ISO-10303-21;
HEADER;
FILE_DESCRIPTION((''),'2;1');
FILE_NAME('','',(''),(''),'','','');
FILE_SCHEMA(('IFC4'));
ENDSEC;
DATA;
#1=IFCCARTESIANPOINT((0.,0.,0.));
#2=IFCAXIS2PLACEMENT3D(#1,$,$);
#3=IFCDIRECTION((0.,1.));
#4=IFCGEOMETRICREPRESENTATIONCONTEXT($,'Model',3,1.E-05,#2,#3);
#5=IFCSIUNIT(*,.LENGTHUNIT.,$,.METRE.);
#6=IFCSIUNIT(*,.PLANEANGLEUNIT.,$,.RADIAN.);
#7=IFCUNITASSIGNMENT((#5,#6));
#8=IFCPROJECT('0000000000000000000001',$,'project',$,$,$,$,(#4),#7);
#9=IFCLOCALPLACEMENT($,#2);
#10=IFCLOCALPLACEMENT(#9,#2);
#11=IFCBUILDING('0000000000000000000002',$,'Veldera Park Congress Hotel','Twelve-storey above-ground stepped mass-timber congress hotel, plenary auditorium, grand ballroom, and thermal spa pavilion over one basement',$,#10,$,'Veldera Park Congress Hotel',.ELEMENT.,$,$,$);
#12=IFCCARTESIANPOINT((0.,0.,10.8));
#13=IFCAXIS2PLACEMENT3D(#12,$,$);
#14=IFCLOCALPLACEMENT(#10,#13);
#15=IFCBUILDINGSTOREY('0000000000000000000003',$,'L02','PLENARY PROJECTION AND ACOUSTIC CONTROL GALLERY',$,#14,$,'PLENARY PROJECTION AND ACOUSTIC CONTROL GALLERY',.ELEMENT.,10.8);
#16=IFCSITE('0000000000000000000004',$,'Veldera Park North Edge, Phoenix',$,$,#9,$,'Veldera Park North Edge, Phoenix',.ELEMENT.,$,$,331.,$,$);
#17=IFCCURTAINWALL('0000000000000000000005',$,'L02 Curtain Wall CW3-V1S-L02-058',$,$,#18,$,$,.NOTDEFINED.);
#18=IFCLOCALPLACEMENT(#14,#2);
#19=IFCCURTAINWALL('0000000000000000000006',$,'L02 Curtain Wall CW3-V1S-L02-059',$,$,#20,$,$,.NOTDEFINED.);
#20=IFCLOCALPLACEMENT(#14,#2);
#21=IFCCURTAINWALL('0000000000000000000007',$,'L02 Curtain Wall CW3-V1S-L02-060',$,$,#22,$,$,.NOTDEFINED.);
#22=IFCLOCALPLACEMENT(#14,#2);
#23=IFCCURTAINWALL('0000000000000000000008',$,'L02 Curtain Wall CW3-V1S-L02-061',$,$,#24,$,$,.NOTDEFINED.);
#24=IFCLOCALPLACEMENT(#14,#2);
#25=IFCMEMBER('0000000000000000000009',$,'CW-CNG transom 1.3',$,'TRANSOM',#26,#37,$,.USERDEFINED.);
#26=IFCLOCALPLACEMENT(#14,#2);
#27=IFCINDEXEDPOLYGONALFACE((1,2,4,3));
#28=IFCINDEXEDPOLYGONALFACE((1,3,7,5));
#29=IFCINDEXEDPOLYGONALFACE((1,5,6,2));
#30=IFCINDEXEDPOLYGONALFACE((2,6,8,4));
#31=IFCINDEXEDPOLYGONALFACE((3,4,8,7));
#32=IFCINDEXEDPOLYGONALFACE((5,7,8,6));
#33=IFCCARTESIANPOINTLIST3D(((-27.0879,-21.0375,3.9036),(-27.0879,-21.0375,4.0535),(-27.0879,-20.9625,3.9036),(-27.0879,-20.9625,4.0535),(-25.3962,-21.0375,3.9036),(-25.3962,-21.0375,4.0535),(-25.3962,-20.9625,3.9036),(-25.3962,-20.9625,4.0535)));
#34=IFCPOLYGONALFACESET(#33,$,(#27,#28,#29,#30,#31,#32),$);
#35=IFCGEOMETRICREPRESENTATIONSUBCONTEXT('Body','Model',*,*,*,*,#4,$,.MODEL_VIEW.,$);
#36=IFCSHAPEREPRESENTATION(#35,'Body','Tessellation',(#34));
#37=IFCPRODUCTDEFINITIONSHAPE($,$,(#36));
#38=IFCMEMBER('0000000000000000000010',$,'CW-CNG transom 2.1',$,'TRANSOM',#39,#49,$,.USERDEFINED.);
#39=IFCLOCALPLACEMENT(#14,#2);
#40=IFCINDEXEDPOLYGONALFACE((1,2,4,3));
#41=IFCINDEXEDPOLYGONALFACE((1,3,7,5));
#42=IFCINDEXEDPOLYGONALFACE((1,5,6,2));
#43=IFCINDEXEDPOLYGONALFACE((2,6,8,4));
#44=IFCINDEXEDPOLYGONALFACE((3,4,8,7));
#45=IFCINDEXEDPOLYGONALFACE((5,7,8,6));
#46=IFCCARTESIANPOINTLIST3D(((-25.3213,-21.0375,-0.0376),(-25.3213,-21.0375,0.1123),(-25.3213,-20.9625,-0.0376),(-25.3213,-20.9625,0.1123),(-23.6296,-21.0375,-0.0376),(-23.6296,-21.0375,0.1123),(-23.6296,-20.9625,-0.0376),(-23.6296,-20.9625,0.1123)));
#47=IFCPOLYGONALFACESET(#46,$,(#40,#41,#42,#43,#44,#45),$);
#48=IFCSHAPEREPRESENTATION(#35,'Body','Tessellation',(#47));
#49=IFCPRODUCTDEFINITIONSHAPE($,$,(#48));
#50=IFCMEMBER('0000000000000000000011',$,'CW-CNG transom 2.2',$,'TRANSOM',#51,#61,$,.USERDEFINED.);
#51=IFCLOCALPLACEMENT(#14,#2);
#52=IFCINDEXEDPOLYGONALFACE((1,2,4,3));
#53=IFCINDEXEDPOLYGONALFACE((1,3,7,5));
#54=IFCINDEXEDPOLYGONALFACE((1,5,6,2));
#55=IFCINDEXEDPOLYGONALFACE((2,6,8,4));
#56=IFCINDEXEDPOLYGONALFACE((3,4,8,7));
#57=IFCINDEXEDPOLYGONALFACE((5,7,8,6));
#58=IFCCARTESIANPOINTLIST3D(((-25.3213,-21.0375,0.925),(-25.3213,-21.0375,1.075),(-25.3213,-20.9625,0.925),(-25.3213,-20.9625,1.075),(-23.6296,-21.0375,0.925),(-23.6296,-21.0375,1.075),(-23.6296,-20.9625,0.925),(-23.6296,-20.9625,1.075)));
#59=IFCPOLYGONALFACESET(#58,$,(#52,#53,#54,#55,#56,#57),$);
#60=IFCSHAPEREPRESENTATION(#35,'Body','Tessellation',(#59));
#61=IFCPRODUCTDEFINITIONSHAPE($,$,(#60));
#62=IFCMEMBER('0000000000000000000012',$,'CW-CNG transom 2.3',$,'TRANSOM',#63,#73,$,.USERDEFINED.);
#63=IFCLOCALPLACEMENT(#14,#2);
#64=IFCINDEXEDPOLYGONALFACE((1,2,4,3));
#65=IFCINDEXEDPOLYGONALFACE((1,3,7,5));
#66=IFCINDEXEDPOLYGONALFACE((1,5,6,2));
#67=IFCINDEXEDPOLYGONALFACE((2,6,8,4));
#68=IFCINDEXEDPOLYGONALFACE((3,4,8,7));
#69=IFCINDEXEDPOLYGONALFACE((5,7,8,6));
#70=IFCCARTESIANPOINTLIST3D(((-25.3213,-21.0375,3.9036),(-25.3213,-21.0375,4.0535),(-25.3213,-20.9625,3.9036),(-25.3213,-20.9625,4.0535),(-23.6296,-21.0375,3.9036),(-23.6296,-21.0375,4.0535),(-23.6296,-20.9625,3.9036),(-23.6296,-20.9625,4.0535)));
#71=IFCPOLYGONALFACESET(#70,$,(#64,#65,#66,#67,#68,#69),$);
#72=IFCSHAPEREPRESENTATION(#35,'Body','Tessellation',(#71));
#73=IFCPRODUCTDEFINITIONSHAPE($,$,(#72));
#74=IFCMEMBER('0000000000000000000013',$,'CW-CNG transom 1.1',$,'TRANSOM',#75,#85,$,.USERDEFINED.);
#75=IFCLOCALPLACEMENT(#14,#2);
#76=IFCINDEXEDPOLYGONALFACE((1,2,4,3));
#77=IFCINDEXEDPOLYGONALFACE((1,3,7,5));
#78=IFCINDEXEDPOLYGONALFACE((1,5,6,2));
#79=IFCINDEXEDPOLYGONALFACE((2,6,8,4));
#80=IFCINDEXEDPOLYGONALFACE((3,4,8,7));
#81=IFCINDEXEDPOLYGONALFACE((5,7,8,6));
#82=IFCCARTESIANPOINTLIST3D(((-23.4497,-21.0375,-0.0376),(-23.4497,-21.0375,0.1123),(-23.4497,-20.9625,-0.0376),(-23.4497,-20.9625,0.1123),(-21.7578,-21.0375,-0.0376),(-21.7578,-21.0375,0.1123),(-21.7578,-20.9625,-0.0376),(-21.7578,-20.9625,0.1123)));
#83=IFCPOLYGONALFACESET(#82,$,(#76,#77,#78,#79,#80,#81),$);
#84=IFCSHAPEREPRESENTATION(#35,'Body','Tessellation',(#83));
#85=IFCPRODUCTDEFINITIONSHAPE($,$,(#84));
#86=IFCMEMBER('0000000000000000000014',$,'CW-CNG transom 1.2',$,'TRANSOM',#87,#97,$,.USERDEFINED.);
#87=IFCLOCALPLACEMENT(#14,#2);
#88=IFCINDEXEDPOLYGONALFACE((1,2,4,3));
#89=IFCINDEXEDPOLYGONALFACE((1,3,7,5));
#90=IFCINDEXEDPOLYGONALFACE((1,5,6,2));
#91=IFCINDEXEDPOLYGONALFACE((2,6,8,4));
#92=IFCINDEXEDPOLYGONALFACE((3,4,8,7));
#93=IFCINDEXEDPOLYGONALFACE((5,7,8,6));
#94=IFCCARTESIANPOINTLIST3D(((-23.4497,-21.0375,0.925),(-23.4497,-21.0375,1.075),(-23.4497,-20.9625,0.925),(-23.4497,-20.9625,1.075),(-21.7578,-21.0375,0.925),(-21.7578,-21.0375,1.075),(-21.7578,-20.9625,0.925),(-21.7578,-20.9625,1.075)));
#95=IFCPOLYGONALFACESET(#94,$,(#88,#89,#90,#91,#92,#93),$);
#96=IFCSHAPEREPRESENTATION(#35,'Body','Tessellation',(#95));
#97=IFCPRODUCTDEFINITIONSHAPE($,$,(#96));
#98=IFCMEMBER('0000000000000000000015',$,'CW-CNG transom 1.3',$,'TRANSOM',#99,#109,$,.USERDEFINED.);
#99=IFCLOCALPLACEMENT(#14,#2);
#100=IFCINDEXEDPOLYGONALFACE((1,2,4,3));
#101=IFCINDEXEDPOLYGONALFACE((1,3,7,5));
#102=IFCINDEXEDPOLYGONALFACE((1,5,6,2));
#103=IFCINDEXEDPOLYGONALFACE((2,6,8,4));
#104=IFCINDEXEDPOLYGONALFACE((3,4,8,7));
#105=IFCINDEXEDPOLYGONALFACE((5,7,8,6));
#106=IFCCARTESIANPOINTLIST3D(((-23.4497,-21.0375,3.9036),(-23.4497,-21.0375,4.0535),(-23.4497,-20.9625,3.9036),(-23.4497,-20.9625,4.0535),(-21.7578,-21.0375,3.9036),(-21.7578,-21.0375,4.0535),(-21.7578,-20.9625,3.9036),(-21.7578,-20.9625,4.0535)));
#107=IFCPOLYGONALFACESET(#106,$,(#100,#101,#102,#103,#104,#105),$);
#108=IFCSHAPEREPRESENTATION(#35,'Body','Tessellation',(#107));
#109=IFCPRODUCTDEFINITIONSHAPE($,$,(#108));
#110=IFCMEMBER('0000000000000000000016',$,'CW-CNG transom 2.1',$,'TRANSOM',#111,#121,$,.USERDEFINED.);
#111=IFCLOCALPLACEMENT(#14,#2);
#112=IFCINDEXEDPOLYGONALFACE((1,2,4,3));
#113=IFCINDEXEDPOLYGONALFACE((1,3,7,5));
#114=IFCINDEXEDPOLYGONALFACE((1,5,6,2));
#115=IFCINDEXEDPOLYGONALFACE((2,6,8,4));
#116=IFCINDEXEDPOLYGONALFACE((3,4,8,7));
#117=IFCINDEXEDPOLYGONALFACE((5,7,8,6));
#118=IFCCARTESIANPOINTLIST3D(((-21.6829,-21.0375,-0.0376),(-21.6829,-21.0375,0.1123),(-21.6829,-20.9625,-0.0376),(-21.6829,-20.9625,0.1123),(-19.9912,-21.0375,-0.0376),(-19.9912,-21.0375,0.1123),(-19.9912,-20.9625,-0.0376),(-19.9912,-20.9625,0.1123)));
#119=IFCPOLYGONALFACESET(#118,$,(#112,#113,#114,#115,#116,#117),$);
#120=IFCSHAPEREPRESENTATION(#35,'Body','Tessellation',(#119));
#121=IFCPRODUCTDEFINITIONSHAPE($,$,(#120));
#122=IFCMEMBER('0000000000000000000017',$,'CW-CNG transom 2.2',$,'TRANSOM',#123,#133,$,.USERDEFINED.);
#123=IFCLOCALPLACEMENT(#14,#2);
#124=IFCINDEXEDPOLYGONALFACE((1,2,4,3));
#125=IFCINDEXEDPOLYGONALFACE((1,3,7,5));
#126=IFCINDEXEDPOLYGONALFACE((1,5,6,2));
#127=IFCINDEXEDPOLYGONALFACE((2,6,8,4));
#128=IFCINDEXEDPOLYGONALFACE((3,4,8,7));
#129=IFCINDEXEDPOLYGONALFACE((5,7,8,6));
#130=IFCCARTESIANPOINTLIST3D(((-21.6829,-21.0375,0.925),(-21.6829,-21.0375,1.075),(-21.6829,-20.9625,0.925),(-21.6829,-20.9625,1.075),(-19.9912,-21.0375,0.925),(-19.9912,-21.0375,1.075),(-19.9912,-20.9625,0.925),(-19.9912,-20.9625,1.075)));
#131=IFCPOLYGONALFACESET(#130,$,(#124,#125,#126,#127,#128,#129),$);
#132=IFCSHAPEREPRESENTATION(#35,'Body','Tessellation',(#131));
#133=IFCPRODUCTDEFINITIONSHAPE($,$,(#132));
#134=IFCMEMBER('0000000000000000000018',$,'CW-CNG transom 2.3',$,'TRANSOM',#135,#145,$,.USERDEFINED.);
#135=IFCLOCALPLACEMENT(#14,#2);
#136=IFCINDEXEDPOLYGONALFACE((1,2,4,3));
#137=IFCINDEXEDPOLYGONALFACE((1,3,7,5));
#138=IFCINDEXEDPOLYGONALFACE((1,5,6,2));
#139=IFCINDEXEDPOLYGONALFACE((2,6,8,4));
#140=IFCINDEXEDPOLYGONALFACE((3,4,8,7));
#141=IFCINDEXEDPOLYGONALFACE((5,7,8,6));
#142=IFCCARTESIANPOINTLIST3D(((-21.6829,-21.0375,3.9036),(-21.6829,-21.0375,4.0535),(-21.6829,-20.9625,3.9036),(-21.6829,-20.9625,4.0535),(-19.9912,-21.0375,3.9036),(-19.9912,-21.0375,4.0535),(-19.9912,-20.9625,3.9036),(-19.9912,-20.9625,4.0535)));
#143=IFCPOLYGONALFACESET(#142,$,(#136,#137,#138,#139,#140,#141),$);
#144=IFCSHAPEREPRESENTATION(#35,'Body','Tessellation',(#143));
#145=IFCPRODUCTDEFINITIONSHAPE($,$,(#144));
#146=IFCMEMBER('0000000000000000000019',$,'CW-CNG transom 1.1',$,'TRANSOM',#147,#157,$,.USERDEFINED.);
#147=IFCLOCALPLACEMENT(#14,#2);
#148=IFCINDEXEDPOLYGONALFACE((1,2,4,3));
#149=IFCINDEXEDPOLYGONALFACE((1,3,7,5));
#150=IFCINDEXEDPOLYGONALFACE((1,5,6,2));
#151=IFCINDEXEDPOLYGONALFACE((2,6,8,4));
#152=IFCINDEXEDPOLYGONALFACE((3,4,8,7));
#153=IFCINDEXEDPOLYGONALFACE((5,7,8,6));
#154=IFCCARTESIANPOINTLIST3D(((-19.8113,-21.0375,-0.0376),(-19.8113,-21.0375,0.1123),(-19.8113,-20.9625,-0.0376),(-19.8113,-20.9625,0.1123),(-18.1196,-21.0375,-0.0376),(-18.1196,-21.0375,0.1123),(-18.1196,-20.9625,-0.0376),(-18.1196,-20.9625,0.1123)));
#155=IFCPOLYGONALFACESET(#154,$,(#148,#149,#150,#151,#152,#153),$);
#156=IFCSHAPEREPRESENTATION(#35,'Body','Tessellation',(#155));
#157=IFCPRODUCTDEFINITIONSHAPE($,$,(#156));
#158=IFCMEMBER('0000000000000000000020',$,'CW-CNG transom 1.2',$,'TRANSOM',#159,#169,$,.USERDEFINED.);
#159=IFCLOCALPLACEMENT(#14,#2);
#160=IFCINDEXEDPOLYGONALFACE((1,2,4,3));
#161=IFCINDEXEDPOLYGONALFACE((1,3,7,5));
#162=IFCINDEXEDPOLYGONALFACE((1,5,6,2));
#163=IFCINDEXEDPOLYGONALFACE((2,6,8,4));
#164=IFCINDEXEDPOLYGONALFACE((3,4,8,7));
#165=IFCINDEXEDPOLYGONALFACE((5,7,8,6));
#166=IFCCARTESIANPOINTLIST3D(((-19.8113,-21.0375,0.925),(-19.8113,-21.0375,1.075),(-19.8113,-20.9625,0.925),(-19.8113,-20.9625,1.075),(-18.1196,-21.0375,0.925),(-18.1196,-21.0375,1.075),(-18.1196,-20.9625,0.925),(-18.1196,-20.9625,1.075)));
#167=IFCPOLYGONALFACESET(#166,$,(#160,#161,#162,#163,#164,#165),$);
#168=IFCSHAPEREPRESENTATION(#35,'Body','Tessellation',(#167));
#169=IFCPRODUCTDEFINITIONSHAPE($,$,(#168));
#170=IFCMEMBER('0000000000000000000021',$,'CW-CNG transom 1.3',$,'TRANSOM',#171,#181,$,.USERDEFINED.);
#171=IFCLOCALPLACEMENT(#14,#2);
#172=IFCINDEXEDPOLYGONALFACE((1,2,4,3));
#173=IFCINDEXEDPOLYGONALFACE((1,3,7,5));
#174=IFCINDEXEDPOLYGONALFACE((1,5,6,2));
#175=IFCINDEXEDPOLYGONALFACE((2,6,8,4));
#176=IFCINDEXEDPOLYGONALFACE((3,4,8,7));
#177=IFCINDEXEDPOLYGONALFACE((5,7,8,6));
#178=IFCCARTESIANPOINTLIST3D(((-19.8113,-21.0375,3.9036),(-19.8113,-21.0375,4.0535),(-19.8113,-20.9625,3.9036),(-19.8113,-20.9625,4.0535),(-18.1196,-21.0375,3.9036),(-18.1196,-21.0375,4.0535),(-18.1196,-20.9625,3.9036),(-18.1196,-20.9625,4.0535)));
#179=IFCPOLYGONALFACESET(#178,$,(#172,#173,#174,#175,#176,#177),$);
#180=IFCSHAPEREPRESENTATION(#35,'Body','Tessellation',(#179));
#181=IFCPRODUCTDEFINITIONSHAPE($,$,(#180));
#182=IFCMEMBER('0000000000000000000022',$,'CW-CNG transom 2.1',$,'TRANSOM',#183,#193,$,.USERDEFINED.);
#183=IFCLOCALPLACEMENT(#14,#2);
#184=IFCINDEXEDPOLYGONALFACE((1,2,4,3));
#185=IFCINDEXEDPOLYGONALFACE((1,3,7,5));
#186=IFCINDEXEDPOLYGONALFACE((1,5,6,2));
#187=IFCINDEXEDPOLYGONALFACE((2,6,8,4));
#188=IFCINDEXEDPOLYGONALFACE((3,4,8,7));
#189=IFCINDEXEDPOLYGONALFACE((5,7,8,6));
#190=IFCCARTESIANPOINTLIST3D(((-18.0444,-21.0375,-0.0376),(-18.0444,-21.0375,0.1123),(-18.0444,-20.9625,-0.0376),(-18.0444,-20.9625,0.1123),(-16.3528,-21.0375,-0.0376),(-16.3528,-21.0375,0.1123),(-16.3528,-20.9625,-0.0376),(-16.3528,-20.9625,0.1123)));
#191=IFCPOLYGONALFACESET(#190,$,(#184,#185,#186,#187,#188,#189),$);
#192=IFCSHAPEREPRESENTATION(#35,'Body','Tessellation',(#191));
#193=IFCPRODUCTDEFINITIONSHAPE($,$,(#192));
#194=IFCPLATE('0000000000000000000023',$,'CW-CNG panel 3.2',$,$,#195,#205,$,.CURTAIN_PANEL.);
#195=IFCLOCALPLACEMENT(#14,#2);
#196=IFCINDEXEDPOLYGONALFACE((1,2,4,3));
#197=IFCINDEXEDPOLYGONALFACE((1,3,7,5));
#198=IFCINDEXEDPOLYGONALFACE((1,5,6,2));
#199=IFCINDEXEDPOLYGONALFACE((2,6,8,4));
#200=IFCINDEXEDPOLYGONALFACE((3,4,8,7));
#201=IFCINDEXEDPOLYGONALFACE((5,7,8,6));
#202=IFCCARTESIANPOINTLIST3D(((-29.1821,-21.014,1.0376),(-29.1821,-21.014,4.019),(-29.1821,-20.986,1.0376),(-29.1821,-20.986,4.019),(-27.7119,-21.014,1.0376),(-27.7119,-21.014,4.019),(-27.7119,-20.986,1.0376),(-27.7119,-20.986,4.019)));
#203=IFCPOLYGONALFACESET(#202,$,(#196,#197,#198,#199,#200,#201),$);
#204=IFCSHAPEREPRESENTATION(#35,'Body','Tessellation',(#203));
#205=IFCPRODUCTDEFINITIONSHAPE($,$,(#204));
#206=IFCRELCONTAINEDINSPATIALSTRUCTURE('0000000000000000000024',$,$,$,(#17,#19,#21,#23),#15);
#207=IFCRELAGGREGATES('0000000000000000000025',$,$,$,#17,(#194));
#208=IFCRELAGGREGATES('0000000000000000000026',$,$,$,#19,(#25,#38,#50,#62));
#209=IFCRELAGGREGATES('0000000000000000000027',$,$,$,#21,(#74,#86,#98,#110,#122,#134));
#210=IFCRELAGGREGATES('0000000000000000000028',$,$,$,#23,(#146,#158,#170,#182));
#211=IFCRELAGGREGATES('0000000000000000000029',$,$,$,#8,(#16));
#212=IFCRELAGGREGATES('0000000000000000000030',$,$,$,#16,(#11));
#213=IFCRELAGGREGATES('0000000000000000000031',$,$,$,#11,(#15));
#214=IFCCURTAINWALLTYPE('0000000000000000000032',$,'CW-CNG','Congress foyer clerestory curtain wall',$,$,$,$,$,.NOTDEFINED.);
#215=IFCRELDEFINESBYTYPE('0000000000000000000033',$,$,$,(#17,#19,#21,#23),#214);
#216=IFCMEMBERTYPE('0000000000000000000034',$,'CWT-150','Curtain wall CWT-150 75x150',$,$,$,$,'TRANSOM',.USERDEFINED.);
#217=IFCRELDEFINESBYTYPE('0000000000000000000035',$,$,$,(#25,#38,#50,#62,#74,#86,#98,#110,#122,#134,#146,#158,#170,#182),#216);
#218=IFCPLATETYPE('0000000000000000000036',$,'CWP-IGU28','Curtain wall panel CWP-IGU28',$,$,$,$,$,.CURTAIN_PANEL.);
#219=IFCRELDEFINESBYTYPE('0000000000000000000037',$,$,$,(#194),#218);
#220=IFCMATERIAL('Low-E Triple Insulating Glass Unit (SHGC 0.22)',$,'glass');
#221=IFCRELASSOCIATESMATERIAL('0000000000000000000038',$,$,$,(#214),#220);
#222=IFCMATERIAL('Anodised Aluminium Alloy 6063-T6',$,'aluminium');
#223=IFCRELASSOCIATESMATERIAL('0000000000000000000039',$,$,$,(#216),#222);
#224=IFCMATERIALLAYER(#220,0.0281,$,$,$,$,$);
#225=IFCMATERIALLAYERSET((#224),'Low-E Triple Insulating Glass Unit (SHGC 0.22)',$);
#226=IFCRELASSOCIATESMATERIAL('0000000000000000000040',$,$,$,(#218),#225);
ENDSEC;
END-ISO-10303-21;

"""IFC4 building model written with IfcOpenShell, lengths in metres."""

from ifc_helpers import new_model, si_unit, direction, frame, origin, origin_2d, place, context, subcontext, project, spatial, rectangle, extrude, material, layer, layer_set, material_profile, profile_set, type_object, element, aggregate, save


model = new_model("IFC4")

# Units and contexts
model_context = context("Model", 3, precision=1e-05, world=origin(), true_north=direction((0.0, 1.0)))
body_context = subcontext(model_context, "Body", "Model", "MODEL_VIEW")
ifc_project = project(units=[si_unit("LENGTHUNIT", "METRE"), si_unit("PLANEANGLEUNIT", "RADIAN")], contexts=[model_context])

# Site, building, storey
site_placement = place(None, origin())
site = spatial("IfcSite", under=ifc_project, at=site_placement, Name="Veldera Park North Edge, Phoenix", LongName="Veldera Park North Edge, Phoenix", CompositionType="ELEMENT", RefElevation=331.0)
building_placement = place(site_placement, origin())
building = spatial("IfcBuilding", under=site, at=building_placement, Name="Veldera Park Congress Hotel", Description="Twelve-storey above-ground stepped mass-timber congress hotel, plenary auditorium, grand ballroom, and thermal spa pavilion over one basement", LongName="Veldera Park Congress Hotel", CompositionType="ELEMENT")
storey_placement = place(building_placement, frame((0.0, 0.0, 10.8)))
storey = spatial("IfcBuildingStorey", under=building, at=storey_placement, Name="L02", Description="PLENARY PROJECTION AND ACOUSTIC CONTROL GALLERY", LongName="PLENARY PROJECTION AND ACOUSTIC CONTROL GALLERY", CompositionType="ELEMENT", Elevation=10.8)

# Curtain wall
ifc_material_1 = material(Name="Low-E Triple Insulating Glass Unit (SHGC 0.22)", Category="glass")
curtain_wall_type = type_object("IfcCurtainWallType", Name="CW-CNG", Description="Congress foyer clerestory curtain wall", PredefinedType="NOTDEFINED", material=ifc_material_1)
curtain_wall_1_placement = place(storey_placement, origin())
curtain_wall_1 = element("IfcCurtainWall", 1, at=curtain_wall_1_placement, inside=storey, type_object=curtain_wall_type, Name="L02 Curtain Wall CW3-V1S-L02-058", PredefinedType="NOTDEFINED")
ifc_material_2 = material(Name="Anodised Aluminium Alloy 6063-T6", Category="aluminium")

# Curtain walls
curtain_wall_2_placement = place(storey_placement, origin())
curtain_wall_2 = element("IfcCurtainWall", 2, at=curtain_wall_2_placement, inside=storey, type_object=curtain_wall_type, Name="L02 Curtain Wall CW3-V1S-L02-059", PredefinedType="NOTDEFINED")
curtain_wall_3_placement = place(storey_placement, origin())
curtain_wall_3 = element("IfcCurtainWall", 3, at=curtain_wall_3_placement, inside=storey, type_object=curtain_wall_type, Name="L02 Curtain Wall CW3-V1S-L02-060", PredefinedType="NOTDEFINED")
curtain_wall_4_placement = place(storey_placement, origin())
curtain_wall_4 = element("IfcCurtainWall", 4, at=curtain_wall_4_placement, inside=storey, type_object=curtain_wall_type, Name="L02 Curtain Wall CW3-V1S-L02-061", PredefinedType="NOTDEFINED")

# Members
ifc_material_profile_1 = material_profile(ifc_material_2, rectangle(XDim=0.075, YDim=0.1499, at=origin_2d()), Name="ALU 75x150")
ifc_profile_set_1 = profile_set([ifc_material_profile_1], Name="Anodised Aluminium Alloy 6063-T6")
member_type_1 = type_object("IfcMemberType", Name="CWT-150", Description="Curtain wall CWT-150 75x150", ElementType="TRANSOM", PredefinedType="USERDEFINED", material=ifc_profile_set_1)
member_1_placement = place(storey_placement, frame((-27.0879, -21.0, 3.9785), z_axis=(1.0, 0.0, 0.0), x_axis=(0.0, 1.0, 0.0)))
member_1 = element("IfcMember", 5, at=member_1_placement, type_object=member_type_1, Name="CW-CNG transom 1.3", ObjectType="TRANSOM", PredefinedType="USERDEFINED", context=body_context, shape_type="SweptSolid", body=[
    extrude(rectangle(XDim=0.075, YDim=0.1499, at=origin_2d()), origin(), (0.0, 0.0, 1.0), 1.6917),
])
member_2_placement = place(storey_placement, frame((-25.3213, -21.0, 0.0374), z_axis=(1.0, 0.0, 0.0), x_axis=(0.0, 1.0, 0.0)))
member_2 = element("IfcMember", 6, at=member_2_placement, type_object=member_type_1, Name="CW-CNG transom 2.1", ObjectType="TRANSOM", PredefinedType="USERDEFINED", context=body_context, shape_type="SweptSolid", body=[
    extrude(rectangle(XDim=0.075, YDim=0.1499, at=origin_2d()), origin(), (0.0, 0.0, 1.0), 1.6917),
])
member_3_placement = place(storey_placement, frame((-25.3213, -21.0, 1.0), z_axis=(1.0, 0.0, 0.0), x_axis=(0.0, 1.0, 0.0)))
member_3 = element("IfcMember", 7, at=member_3_placement, type_object=member_type_1, Name="CW-CNG transom 2.2", ObjectType="TRANSOM", PredefinedType="USERDEFINED", context=body_context, shape_type="SweptSolid", body=[
    extrude(rectangle(XDim=0.075, YDim=0.1499, at=origin_2d()), origin(), (0.0, 0.0, 1.0), 1.6917),
])
member_4_placement = place(storey_placement, frame((-25.3213, -21.0, 3.9785), z_axis=(1.0, 0.0, 0.0), x_axis=(0.0, 1.0, 0.0)))
member_4 = element("IfcMember", 8, at=member_4_placement, type_object=member_type_1, Name="CW-CNG transom 2.3", ObjectType="TRANSOM", PredefinedType="USERDEFINED", context=body_context, shape_type="SweptSolid", body=[
    extrude(rectangle(XDim=0.075, YDim=0.1499, at=origin_2d()), origin(), (0.0, 0.0, 1.0), 1.6917),
])
member_5_placement = place(storey_placement, frame((-23.4497, -21.0, 0.0374), z_axis=(1.0, 0.0, 0.0), x_axis=(0.0, 1.0, 0.0)))
member_5 = element("IfcMember", 9, at=member_5_placement, type_object=member_type_1, Name="CW-CNG transom 1.1", ObjectType="TRANSOM", PredefinedType="USERDEFINED", context=body_context, shape_type="SweptSolid", body=[
    extrude(rectangle(XDim=0.075, YDim=0.1499, at=origin_2d()), origin(), (0.0, 0.0, 1.0), 1.6919),
])
member_6_placement = place(storey_placement, frame((-23.4497, -21.0, 1.0), z_axis=(1.0, 0.0, 0.0), x_axis=(0.0, 1.0, 0.0)))
member_6 = element("IfcMember", 10, at=member_6_placement, type_object=member_type_1, Name="CW-CNG transom 1.2", ObjectType="TRANSOM", PredefinedType="USERDEFINED", context=body_context, shape_type="SweptSolid", body=[
    extrude(rectangle(XDim=0.075, YDim=0.1499, at=origin_2d()), origin(), (0.0, 0.0, 1.0), 1.6919),
])
member_7_placement = place(storey_placement, frame((-23.4497, -21.0, 3.9785), z_axis=(1.0, 0.0, 0.0), x_axis=(0.0, 1.0, 0.0)))
member_7 = element("IfcMember", 11, at=member_7_placement, type_object=member_type_1, Name="CW-CNG transom 1.3", ObjectType="TRANSOM", PredefinedType="USERDEFINED", context=body_context, shape_type="SweptSolid", body=[
    extrude(rectangle(XDim=0.075, YDim=0.1499, at=origin_2d()), origin(), (0.0, 0.0, 1.0), 1.6919),
])
member_8_placement = place(storey_placement, frame((-21.6829, -21.0, 0.0374), z_axis=(1.0, 0.0, 0.0), x_axis=(0.0, 1.0, 0.0)))
member_8 = element("IfcMember", 12, at=member_8_placement, type_object=member_type_1, Name="CW-CNG transom 2.1", ObjectType="TRANSOM", PredefinedType="USERDEFINED", context=body_context, shape_type="SweptSolid", body=[
    extrude(rectangle(XDim=0.075, YDim=0.1499, at=origin_2d()), origin(), (0.0, 0.0, 1.0), 1.6917),
])
member_9_placement = place(storey_placement, frame((-21.6829, -21.0, 1.0), z_axis=(1.0, 0.0, 0.0), x_axis=(0.0, 1.0, 0.0)))
member_9 = element("IfcMember", 13, at=member_9_placement, type_object=member_type_1, Name="CW-CNG transom 2.2", ObjectType="TRANSOM", PredefinedType="USERDEFINED", context=body_context, shape_type="SweptSolid", body=[
    extrude(rectangle(XDim=0.075, YDim=0.1499, at=origin_2d()), origin(), (0.0, 0.0, 1.0), 1.6917),
])
member_10_placement = place(storey_placement, frame((-21.6829, -21.0, 3.9785), z_axis=(1.0, 0.0, 0.0), x_axis=(0.0, 1.0, 0.0)))
member_10 = element("IfcMember", 14, at=member_10_placement, type_object=member_type_1, Name="CW-CNG transom 2.3", ObjectType="TRANSOM", PredefinedType="USERDEFINED", context=body_context, shape_type="SweptSolid", body=[
    extrude(rectangle(XDim=0.075, YDim=0.1499, at=origin_2d()), origin(), (0.0, 0.0, 1.0), 1.6917),
])
member_11_placement = place(storey_placement, frame((-19.8113, -21.0, 0.0374), z_axis=(1.0, 0.0, 0.0), x_axis=(0.0, 1.0, 0.0)))
member_11 = element("IfcMember", 15, at=member_11_placement, type_object=member_type_1, Name="CW-CNG transom 1.1", ObjectType="TRANSOM", PredefinedType="USERDEFINED", context=body_context, shape_type="SweptSolid", body=[
    extrude(rectangle(XDim=0.075, YDim=0.1499, at=origin_2d()), origin(), (0.0, 0.0, 1.0), 1.6917),
])
member_12_placement = place(storey_placement, frame((-19.8113, -21.0, 1.0), z_axis=(1.0, 0.0, 0.0), x_axis=(0.0, 1.0, 0.0)))
member_12 = element("IfcMember", 16, at=member_12_placement, type_object=member_type_1, Name="CW-CNG transom 1.2", ObjectType="TRANSOM", PredefinedType="USERDEFINED", context=body_context, shape_type="SweptSolid", body=[
    extrude(rectangle(XDim=0.075, YDim=0.1499, at=origin_2d()), origin(), (0.0, 0.0, 1.0), 1.6917),
])
member_13_placement = place(storey_placement, frame((-19.8113, -21.0, 3.9785), z_axis=(1.0, 0.0, 0.0), x_axis=(0.0, 1.0, 0.0)))
member_13 = element("IfcMember", 17, at=member_13_placement, type_object=member_type_1, Name="CW-CNG transom 1.3", ObjectType="TRANSOM", PredefinedType="USERDEFINED", context=body_context, shape_type="SweptSolid", body=[
    extrude(rectangle(XDim=0.075, YDim=0.1499, at=origin_2d()), origin(), (0.0, 0.0, 1.0), 1.6917),
])
member_14_placement = place(storey_placement, frame((-18.0444, -21.0, 0.0374), z_axis=(1.0, 0.0, 0.0), x_axis=(0.0, 1.0, 0.0)))
member_14 = element("IfcMember", 18, at=member_14_placement, type_object=member_type_1, Name="CW-CNG transom 2.1", ObjectType="TRANSOM", PredefinedType="USERDEFINED", context=body_context, shape_type="SweptSolid", body=[
    extrude(rectangle(XDim=0.075, YDim=0.1499, at=origin_2d()), origin(), (0.0, 0.0, 1.0), 1.6917),
])

# Plate
ifc_layer = layer(ifc_material_1, 0.0281)
ifc_layer_set = layer_set([ifc_layer], Name="Low-E Triple Insulating Glass Unit (SHGC 0.22)")
plate_type = type_object("IfcPlateType", Name="CWP-IGU28", Description="Curtain wall panel CWP-IGU28", PredefinedType="CURTAIN_PANEL", material=ifc_layer_set)
plate_1_placement = place(storey_placement, frame((-28.447, -21.0, 1.0376), z_axis=(0.0, 0.0, 1.0), x_axis=(1.0, 0.0, 0.0)))
plate_1 = element("IfcPlate", 19, at=plate_1_placement, type_object=plate_type, Name="CW-CNG panel 3.2", PredefinedType="CURTAIN_PANEL", context=body_context, shape_type="SweptSolid", body=[
    extrude(rectangle(XDim=1.4702, YDim=0.0281, at=origin_2d()), origin(), (0.0, 0.0, 1.0), 2.9814),
])
aggregate(curtain_wall_1, [plate_1])
aggregate(curtain_wall_2, [member_1, member_2, member_3, member_4])
aggregate(curtain_wall_3, [member_5, member_6, member_7, member_8, member_9, member_10])
aggregate(curtain_wall_4, [member_11, member_12, member_13, member_14])

save(model, "model.ifc")
